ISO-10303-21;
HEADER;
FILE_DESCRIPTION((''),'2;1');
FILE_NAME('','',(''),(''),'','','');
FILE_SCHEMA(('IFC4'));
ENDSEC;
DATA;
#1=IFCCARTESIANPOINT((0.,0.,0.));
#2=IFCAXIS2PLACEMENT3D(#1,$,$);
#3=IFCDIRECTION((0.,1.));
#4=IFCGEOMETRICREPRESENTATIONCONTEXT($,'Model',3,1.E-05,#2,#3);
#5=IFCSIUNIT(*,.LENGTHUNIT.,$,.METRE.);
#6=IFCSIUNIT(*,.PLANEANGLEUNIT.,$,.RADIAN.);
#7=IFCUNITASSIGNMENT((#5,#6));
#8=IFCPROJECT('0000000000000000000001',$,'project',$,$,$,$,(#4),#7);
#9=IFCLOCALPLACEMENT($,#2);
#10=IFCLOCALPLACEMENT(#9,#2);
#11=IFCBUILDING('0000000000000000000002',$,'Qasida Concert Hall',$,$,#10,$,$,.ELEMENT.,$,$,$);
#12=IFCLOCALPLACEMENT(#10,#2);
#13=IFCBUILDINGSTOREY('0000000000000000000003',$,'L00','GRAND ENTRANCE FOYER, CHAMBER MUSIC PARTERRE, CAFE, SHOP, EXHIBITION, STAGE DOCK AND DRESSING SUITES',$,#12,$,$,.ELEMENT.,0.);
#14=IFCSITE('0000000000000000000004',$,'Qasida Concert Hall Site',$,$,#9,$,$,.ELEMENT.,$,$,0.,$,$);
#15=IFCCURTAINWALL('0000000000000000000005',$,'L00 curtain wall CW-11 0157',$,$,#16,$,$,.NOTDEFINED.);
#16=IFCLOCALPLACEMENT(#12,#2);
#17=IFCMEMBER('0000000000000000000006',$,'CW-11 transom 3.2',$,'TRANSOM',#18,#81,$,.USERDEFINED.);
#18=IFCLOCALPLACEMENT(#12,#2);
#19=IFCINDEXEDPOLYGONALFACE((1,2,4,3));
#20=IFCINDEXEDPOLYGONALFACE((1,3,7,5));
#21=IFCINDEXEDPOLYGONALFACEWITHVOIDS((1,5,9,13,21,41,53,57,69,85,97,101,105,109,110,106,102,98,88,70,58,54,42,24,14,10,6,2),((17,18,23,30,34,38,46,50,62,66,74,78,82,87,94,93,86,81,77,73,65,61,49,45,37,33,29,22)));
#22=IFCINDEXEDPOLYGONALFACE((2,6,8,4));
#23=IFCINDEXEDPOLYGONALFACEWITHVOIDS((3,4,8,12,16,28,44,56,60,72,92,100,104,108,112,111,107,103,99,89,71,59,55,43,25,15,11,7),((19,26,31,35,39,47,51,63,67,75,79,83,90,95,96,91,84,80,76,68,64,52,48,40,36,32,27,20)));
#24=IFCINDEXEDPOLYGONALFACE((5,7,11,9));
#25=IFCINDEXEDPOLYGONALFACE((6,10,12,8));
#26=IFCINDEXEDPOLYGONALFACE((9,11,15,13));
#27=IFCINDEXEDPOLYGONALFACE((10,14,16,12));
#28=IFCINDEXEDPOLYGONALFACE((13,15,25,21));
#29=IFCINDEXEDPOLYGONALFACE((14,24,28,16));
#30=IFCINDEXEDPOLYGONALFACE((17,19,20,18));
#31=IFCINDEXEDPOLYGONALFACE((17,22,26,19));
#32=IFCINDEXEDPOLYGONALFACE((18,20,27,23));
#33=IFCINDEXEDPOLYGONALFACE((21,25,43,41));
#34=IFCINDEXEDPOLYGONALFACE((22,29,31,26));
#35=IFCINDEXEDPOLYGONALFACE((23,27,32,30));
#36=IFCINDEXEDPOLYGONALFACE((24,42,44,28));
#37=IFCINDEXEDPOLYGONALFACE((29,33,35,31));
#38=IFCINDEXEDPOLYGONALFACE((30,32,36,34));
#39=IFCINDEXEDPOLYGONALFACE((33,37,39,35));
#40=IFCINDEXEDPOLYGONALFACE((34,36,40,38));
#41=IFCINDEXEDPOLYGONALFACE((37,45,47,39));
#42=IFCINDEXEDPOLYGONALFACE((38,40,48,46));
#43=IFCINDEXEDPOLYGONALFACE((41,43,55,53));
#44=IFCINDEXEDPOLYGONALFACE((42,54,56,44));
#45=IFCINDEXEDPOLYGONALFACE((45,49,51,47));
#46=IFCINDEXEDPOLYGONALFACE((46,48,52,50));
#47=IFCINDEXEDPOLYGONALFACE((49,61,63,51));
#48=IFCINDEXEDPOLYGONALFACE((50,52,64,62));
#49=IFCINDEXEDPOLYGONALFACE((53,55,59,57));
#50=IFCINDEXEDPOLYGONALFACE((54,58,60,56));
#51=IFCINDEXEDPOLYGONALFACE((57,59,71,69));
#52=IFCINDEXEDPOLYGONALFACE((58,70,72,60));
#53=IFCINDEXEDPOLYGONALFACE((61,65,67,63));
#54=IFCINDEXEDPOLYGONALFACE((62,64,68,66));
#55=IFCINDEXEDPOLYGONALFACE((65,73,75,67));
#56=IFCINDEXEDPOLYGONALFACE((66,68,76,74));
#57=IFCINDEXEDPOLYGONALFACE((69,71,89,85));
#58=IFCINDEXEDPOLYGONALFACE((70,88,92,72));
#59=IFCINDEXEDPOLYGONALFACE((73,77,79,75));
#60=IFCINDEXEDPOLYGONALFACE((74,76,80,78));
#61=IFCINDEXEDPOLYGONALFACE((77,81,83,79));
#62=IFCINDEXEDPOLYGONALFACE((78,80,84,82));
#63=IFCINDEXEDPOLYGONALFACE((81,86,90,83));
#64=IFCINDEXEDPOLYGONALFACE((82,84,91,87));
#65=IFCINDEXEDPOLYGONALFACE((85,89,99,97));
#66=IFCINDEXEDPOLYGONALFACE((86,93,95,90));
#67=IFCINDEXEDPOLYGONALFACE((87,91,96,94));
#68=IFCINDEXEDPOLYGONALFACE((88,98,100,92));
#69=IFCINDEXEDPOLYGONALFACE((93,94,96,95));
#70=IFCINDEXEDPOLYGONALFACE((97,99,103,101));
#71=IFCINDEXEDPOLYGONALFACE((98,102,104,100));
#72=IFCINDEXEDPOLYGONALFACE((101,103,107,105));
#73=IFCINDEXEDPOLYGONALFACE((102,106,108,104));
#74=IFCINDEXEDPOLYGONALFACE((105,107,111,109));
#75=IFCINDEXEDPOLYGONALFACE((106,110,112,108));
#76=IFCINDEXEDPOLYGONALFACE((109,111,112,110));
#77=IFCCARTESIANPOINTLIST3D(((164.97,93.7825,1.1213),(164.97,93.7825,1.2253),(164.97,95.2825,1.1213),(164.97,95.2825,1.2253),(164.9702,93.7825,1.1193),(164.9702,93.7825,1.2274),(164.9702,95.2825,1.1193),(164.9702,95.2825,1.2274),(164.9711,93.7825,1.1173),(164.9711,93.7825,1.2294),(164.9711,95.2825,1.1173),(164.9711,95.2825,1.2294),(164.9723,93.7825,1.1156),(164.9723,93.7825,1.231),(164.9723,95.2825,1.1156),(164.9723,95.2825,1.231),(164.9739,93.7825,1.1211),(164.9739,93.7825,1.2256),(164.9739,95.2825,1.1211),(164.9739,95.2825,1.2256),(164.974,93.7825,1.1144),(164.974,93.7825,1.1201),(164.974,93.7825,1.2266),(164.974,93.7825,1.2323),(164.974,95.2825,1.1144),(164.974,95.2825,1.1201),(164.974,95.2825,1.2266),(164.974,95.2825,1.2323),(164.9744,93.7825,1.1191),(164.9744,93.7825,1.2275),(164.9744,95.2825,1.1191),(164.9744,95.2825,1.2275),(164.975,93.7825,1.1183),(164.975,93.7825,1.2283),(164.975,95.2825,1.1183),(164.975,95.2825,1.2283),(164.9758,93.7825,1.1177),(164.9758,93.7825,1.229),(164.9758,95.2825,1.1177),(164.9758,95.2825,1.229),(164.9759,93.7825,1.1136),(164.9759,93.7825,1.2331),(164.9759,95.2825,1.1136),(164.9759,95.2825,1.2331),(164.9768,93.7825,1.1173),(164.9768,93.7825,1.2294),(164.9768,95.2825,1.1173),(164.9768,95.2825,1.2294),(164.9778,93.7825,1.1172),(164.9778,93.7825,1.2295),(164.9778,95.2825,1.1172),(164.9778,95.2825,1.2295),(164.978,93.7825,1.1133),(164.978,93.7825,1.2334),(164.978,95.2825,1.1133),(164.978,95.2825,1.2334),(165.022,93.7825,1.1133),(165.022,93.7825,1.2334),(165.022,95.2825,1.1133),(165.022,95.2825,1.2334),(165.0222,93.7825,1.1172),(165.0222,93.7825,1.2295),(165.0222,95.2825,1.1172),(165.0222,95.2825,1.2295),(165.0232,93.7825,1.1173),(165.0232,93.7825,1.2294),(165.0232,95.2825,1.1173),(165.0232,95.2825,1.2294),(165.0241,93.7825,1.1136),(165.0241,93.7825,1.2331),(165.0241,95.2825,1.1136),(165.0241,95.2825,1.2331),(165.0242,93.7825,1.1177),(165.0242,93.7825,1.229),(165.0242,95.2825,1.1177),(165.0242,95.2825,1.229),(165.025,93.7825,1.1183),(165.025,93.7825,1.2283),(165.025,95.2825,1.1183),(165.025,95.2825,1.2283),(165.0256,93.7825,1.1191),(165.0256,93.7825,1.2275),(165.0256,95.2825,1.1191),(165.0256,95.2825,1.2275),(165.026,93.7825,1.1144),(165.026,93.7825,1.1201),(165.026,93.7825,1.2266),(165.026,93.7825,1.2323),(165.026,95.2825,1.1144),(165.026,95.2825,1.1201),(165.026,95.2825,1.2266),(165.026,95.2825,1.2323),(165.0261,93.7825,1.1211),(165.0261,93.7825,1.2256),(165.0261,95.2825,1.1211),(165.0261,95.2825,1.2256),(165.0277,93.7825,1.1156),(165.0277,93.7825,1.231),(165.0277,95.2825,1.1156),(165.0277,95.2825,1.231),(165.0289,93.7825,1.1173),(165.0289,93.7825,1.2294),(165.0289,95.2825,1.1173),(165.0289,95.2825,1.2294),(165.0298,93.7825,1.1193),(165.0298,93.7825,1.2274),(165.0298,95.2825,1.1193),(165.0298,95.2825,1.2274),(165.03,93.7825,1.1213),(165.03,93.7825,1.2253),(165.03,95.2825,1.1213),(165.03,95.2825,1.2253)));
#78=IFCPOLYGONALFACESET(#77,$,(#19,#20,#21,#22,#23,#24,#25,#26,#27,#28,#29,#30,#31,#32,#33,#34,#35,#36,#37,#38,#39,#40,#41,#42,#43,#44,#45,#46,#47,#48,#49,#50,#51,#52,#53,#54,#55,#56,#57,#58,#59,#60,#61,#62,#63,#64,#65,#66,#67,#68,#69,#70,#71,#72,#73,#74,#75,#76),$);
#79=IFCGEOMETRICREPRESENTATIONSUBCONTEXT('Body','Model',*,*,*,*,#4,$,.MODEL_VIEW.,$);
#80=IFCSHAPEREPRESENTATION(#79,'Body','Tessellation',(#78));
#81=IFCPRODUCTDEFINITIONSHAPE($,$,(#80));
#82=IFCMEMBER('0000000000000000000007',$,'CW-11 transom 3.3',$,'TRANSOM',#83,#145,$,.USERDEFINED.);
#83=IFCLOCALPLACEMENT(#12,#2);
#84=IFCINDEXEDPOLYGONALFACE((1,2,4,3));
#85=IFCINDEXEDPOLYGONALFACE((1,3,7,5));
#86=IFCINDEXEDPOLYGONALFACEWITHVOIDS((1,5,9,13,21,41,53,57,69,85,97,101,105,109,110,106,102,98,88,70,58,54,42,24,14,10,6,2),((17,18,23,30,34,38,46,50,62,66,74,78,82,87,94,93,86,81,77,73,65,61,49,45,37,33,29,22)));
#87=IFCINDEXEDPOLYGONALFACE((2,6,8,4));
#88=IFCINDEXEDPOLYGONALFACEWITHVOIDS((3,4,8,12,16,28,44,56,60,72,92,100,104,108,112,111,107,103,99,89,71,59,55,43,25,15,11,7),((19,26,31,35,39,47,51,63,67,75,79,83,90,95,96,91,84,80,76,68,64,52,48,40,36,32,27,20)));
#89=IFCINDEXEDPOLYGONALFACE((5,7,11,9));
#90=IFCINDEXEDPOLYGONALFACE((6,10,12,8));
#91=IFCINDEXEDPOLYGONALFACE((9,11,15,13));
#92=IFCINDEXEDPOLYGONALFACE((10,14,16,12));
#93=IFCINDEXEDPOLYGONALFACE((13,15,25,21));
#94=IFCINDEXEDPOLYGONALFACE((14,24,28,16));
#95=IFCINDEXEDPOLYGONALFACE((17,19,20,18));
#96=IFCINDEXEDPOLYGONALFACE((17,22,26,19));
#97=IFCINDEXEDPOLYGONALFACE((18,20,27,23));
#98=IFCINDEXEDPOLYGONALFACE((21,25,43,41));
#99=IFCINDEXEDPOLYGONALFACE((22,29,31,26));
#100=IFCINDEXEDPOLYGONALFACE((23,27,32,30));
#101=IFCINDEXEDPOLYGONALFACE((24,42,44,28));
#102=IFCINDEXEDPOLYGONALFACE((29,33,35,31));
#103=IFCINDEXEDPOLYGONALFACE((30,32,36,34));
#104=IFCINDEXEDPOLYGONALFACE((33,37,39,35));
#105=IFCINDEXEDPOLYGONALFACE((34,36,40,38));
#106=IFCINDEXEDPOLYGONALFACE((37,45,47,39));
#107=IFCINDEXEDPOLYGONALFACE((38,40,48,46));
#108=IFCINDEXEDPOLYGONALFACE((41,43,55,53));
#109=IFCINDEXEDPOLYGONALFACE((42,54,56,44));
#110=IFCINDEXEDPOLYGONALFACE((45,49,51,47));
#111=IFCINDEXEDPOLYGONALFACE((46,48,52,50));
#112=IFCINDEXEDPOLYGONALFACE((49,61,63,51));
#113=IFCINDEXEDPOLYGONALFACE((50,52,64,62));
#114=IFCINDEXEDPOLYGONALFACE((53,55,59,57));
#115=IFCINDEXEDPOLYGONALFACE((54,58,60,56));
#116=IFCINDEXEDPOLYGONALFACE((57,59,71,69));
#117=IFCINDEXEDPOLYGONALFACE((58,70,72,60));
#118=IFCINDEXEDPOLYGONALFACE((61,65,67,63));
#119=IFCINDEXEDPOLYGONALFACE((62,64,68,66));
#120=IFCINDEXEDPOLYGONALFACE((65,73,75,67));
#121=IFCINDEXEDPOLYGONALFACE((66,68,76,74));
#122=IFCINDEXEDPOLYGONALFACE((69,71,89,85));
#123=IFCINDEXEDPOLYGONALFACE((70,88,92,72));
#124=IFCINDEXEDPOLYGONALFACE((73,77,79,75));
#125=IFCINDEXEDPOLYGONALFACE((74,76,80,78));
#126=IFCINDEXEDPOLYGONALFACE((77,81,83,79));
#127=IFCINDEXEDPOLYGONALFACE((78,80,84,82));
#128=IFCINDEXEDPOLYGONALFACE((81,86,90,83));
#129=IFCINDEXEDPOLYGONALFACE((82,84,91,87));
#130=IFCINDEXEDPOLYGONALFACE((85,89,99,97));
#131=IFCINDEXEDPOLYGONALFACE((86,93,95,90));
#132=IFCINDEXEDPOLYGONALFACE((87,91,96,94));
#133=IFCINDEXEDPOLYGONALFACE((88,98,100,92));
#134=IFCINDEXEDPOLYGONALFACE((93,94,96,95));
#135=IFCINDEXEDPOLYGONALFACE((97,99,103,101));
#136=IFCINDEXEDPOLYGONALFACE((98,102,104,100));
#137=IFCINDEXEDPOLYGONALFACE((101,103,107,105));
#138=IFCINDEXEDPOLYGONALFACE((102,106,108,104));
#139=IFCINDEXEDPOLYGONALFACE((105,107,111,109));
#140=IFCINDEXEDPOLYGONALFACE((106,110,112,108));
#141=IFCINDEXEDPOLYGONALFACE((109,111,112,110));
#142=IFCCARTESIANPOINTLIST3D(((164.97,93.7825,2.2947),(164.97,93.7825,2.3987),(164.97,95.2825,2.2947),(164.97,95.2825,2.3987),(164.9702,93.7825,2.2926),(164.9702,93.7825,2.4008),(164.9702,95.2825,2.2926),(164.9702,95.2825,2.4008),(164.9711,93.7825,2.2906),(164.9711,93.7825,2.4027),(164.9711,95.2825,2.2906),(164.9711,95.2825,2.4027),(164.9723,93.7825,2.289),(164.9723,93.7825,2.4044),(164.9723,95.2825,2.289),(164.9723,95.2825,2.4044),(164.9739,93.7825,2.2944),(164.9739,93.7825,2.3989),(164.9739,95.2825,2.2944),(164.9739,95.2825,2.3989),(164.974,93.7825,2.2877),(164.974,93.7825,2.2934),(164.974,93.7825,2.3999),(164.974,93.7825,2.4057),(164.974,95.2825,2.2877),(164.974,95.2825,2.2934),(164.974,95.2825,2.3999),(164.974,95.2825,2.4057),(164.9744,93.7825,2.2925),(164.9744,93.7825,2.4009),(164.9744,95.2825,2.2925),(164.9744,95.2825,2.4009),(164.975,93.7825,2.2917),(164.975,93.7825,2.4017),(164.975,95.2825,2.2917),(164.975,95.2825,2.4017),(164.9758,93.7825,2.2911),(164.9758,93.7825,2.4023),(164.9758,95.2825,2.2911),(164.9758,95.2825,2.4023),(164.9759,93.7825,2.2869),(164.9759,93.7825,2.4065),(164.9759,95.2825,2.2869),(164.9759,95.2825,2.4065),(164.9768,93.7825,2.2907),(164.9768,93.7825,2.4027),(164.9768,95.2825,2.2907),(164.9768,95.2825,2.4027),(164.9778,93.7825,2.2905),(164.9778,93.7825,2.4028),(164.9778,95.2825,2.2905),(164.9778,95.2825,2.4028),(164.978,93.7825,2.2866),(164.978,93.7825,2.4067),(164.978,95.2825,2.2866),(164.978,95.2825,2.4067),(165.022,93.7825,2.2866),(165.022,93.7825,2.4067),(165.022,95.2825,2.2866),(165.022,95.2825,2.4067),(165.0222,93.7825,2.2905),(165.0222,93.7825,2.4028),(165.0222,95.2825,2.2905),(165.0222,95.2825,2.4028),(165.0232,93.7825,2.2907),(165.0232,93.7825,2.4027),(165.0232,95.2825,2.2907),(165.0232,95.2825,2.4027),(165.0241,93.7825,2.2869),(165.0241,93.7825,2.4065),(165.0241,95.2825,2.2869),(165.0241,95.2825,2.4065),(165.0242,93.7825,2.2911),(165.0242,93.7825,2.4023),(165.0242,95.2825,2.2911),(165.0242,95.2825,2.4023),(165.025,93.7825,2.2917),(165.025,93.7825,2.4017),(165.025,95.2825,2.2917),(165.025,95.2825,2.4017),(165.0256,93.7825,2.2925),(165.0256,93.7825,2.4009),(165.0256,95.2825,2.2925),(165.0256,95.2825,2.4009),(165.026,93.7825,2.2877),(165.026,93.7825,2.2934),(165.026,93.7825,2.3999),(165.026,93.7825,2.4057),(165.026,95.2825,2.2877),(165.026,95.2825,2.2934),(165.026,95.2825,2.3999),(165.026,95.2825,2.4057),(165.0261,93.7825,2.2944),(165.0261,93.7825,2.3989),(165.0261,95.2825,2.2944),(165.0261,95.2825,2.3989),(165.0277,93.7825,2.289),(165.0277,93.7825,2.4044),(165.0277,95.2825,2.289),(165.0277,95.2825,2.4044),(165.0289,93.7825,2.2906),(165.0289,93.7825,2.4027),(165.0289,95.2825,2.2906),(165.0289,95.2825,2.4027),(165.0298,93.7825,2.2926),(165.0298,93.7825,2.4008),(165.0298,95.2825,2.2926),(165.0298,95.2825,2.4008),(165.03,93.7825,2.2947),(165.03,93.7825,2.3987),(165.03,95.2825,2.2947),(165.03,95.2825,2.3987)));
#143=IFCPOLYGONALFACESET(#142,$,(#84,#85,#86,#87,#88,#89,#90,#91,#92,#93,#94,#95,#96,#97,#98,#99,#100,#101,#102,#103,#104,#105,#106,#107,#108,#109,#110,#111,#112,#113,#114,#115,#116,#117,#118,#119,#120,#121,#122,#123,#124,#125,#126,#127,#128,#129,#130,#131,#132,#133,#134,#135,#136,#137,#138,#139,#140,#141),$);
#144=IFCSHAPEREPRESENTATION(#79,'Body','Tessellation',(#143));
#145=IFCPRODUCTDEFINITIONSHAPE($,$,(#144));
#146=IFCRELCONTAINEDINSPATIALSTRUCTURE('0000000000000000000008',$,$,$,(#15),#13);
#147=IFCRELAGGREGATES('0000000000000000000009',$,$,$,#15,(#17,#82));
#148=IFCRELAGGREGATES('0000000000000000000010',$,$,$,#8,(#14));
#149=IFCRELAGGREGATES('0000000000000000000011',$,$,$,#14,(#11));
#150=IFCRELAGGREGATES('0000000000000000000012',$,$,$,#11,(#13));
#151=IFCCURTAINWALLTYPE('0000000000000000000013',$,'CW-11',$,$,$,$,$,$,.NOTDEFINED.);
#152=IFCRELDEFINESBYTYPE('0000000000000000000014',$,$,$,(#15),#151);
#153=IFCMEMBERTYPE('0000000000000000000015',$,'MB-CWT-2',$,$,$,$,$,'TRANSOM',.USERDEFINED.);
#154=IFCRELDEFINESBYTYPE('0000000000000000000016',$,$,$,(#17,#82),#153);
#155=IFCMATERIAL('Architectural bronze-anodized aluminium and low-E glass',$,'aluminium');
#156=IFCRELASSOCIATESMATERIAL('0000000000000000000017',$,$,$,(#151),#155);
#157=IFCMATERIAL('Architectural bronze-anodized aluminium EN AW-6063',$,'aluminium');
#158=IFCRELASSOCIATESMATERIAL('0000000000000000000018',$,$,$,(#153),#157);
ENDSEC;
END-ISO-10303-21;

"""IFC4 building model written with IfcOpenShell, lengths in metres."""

from ifc_helpers import new_model, si_unit, direction, frame, origin, origin_2d, place, context, subcontext, project, spatial, hollow_rectangle, extrude, material, material_profile, profile_set, type_object, element, aggregate, save


model = new_model("IFC4")

# Units and contexts
model_context = context("Model", 3, precision=1e-05, world=origin(), true_north=direction((0.0, 1.0)))
body_context = subcontext(model_context, "Body", "Model", "MODEL_VIEW")
ifc_project = project(units=[si_unit("LENGTHUNIT", "METRE"), si_unit("PLANEANGLEUNIT", "RADIAN")], contexts=[model_context])

# Site, building, storey
site_placement = place(None, origin())
site = spatial("IfcSite", under=ifc_project, at=site_placement, Name="Qasida Concert Hall Site", CompositionType="ELEMENT", RefElevation=0.0)
building_placement = place(site_placement, origin())
building = spatial("IfcBuilding", under=site, at=building_placement, Name="Qasida Concert Hall", CompositionType="ELEMENT")
storey_placement = place(building_placement, origin())
storey = spatial("IfcBuildingStorey", under=building, at=storey_placement, Name="L00", Description="GRAND ENTRANCE FOYER, CHAMBER MUSIC PARTERRE, CAFE, SHOP, EXHIBITION, STAGE DOCK AND DRESSING SUITES", CompositionType="ELEMENT", Elevation=0.0)

# Curtain wall, members
ifc_material_1 = material(Name="Architectural bronze-anodized aluminium and low-E glass", Category="aluminium")
curtain_wall_type = type_object("IfcCurtainWallType", Name="CW-11", PredefinedType="NOTDEFINED", material=ifc_material_1)
curtain_wall_placement = place(storey_placement, origin())
curtain_wall = element("IfcCurtainWall", 1, at=curtain_wall_placement, inside=storey, type_object=curtain_wall_type, Name="L00 curtain wall CW-11 0157", PredefinedType="NOTDEFINED")
ifc_material_2 = material(Name="Architectural bronze-anodized aluminium EN AW-6063", Category="aluminium")
ifc_material_profile_1 = material_profile(ifc_material_2, hollow_rectangle(XDim=0.0601, YDim=0.1201, WallThickness=0.0039, InnerFilletRadius=0.0039, OuterFilletRadius=0.0081, at=origin_2d()), Name="CWT 120x60x4")
ifc_profile_set_1 = profile_set([ifc_material_profile_1], Name="Architectural bronze-anodized aluminium EN AW-6063")
member_type_1 = type_object("IfcMemberType", Name="MB-CWT-2", ElementType="TRANSOM", PredefinedType="USERDEFINED", material=ifc_profile_set_1)
member_1_placement = place(storey_placement, frame((165.0, 93.7825, 1.1733), z_axis=(0.0, 1.0, 0.0), x_axis=(-1.0, 0.0, 0.0)))
member_1 = element("IfcMember", 2, at=member_1_placement, type_object=member_type_1, Name="CW-11 transom 3.2", ObjectType="TRANSOM", PredefinedType="USERDEFINED", context=body_context, shape_type="SweptSolid", body=[
    extrude(hollow_rectangle(XDim=0.0601, YDim=0.1201, WallThickness=0.0039, InnerFilletRadius=0.0039, OuterFilletRadius=0.0081, at=origin_2d()), origin(), (0.0, 0.0, 1.0), 1.5),
])
member_2_placement = place(storey_placement, frame((165.0, 93.7825, 2.3467), z_axis=(0.0, 1.0, 0.0), x_axis=(-1.0, 0.0, 0.0)))
member_2 = element("IfcMember", 3, at=member_2_placement, type_object=member_type_1, Name="CW-11 transom 3.3", ObjectType="TRANSOM", PredefinedType="USERDEFINED", context=body_context, shape_type="SweptSolid", body=[
    extrude(hollow_rectangle(XDim=0.0601, YDim=0.1201, WallThickness=0.0039, InnerFilletRadius=0.0039, OuterFilletRadius=0.0081, at=origin_2d()), origin(), (0.0, 0.0, 1.0), 1.5),
])
aggregate(curtain_wall, [member_1, member_2])

save(model, "model.ifc")
